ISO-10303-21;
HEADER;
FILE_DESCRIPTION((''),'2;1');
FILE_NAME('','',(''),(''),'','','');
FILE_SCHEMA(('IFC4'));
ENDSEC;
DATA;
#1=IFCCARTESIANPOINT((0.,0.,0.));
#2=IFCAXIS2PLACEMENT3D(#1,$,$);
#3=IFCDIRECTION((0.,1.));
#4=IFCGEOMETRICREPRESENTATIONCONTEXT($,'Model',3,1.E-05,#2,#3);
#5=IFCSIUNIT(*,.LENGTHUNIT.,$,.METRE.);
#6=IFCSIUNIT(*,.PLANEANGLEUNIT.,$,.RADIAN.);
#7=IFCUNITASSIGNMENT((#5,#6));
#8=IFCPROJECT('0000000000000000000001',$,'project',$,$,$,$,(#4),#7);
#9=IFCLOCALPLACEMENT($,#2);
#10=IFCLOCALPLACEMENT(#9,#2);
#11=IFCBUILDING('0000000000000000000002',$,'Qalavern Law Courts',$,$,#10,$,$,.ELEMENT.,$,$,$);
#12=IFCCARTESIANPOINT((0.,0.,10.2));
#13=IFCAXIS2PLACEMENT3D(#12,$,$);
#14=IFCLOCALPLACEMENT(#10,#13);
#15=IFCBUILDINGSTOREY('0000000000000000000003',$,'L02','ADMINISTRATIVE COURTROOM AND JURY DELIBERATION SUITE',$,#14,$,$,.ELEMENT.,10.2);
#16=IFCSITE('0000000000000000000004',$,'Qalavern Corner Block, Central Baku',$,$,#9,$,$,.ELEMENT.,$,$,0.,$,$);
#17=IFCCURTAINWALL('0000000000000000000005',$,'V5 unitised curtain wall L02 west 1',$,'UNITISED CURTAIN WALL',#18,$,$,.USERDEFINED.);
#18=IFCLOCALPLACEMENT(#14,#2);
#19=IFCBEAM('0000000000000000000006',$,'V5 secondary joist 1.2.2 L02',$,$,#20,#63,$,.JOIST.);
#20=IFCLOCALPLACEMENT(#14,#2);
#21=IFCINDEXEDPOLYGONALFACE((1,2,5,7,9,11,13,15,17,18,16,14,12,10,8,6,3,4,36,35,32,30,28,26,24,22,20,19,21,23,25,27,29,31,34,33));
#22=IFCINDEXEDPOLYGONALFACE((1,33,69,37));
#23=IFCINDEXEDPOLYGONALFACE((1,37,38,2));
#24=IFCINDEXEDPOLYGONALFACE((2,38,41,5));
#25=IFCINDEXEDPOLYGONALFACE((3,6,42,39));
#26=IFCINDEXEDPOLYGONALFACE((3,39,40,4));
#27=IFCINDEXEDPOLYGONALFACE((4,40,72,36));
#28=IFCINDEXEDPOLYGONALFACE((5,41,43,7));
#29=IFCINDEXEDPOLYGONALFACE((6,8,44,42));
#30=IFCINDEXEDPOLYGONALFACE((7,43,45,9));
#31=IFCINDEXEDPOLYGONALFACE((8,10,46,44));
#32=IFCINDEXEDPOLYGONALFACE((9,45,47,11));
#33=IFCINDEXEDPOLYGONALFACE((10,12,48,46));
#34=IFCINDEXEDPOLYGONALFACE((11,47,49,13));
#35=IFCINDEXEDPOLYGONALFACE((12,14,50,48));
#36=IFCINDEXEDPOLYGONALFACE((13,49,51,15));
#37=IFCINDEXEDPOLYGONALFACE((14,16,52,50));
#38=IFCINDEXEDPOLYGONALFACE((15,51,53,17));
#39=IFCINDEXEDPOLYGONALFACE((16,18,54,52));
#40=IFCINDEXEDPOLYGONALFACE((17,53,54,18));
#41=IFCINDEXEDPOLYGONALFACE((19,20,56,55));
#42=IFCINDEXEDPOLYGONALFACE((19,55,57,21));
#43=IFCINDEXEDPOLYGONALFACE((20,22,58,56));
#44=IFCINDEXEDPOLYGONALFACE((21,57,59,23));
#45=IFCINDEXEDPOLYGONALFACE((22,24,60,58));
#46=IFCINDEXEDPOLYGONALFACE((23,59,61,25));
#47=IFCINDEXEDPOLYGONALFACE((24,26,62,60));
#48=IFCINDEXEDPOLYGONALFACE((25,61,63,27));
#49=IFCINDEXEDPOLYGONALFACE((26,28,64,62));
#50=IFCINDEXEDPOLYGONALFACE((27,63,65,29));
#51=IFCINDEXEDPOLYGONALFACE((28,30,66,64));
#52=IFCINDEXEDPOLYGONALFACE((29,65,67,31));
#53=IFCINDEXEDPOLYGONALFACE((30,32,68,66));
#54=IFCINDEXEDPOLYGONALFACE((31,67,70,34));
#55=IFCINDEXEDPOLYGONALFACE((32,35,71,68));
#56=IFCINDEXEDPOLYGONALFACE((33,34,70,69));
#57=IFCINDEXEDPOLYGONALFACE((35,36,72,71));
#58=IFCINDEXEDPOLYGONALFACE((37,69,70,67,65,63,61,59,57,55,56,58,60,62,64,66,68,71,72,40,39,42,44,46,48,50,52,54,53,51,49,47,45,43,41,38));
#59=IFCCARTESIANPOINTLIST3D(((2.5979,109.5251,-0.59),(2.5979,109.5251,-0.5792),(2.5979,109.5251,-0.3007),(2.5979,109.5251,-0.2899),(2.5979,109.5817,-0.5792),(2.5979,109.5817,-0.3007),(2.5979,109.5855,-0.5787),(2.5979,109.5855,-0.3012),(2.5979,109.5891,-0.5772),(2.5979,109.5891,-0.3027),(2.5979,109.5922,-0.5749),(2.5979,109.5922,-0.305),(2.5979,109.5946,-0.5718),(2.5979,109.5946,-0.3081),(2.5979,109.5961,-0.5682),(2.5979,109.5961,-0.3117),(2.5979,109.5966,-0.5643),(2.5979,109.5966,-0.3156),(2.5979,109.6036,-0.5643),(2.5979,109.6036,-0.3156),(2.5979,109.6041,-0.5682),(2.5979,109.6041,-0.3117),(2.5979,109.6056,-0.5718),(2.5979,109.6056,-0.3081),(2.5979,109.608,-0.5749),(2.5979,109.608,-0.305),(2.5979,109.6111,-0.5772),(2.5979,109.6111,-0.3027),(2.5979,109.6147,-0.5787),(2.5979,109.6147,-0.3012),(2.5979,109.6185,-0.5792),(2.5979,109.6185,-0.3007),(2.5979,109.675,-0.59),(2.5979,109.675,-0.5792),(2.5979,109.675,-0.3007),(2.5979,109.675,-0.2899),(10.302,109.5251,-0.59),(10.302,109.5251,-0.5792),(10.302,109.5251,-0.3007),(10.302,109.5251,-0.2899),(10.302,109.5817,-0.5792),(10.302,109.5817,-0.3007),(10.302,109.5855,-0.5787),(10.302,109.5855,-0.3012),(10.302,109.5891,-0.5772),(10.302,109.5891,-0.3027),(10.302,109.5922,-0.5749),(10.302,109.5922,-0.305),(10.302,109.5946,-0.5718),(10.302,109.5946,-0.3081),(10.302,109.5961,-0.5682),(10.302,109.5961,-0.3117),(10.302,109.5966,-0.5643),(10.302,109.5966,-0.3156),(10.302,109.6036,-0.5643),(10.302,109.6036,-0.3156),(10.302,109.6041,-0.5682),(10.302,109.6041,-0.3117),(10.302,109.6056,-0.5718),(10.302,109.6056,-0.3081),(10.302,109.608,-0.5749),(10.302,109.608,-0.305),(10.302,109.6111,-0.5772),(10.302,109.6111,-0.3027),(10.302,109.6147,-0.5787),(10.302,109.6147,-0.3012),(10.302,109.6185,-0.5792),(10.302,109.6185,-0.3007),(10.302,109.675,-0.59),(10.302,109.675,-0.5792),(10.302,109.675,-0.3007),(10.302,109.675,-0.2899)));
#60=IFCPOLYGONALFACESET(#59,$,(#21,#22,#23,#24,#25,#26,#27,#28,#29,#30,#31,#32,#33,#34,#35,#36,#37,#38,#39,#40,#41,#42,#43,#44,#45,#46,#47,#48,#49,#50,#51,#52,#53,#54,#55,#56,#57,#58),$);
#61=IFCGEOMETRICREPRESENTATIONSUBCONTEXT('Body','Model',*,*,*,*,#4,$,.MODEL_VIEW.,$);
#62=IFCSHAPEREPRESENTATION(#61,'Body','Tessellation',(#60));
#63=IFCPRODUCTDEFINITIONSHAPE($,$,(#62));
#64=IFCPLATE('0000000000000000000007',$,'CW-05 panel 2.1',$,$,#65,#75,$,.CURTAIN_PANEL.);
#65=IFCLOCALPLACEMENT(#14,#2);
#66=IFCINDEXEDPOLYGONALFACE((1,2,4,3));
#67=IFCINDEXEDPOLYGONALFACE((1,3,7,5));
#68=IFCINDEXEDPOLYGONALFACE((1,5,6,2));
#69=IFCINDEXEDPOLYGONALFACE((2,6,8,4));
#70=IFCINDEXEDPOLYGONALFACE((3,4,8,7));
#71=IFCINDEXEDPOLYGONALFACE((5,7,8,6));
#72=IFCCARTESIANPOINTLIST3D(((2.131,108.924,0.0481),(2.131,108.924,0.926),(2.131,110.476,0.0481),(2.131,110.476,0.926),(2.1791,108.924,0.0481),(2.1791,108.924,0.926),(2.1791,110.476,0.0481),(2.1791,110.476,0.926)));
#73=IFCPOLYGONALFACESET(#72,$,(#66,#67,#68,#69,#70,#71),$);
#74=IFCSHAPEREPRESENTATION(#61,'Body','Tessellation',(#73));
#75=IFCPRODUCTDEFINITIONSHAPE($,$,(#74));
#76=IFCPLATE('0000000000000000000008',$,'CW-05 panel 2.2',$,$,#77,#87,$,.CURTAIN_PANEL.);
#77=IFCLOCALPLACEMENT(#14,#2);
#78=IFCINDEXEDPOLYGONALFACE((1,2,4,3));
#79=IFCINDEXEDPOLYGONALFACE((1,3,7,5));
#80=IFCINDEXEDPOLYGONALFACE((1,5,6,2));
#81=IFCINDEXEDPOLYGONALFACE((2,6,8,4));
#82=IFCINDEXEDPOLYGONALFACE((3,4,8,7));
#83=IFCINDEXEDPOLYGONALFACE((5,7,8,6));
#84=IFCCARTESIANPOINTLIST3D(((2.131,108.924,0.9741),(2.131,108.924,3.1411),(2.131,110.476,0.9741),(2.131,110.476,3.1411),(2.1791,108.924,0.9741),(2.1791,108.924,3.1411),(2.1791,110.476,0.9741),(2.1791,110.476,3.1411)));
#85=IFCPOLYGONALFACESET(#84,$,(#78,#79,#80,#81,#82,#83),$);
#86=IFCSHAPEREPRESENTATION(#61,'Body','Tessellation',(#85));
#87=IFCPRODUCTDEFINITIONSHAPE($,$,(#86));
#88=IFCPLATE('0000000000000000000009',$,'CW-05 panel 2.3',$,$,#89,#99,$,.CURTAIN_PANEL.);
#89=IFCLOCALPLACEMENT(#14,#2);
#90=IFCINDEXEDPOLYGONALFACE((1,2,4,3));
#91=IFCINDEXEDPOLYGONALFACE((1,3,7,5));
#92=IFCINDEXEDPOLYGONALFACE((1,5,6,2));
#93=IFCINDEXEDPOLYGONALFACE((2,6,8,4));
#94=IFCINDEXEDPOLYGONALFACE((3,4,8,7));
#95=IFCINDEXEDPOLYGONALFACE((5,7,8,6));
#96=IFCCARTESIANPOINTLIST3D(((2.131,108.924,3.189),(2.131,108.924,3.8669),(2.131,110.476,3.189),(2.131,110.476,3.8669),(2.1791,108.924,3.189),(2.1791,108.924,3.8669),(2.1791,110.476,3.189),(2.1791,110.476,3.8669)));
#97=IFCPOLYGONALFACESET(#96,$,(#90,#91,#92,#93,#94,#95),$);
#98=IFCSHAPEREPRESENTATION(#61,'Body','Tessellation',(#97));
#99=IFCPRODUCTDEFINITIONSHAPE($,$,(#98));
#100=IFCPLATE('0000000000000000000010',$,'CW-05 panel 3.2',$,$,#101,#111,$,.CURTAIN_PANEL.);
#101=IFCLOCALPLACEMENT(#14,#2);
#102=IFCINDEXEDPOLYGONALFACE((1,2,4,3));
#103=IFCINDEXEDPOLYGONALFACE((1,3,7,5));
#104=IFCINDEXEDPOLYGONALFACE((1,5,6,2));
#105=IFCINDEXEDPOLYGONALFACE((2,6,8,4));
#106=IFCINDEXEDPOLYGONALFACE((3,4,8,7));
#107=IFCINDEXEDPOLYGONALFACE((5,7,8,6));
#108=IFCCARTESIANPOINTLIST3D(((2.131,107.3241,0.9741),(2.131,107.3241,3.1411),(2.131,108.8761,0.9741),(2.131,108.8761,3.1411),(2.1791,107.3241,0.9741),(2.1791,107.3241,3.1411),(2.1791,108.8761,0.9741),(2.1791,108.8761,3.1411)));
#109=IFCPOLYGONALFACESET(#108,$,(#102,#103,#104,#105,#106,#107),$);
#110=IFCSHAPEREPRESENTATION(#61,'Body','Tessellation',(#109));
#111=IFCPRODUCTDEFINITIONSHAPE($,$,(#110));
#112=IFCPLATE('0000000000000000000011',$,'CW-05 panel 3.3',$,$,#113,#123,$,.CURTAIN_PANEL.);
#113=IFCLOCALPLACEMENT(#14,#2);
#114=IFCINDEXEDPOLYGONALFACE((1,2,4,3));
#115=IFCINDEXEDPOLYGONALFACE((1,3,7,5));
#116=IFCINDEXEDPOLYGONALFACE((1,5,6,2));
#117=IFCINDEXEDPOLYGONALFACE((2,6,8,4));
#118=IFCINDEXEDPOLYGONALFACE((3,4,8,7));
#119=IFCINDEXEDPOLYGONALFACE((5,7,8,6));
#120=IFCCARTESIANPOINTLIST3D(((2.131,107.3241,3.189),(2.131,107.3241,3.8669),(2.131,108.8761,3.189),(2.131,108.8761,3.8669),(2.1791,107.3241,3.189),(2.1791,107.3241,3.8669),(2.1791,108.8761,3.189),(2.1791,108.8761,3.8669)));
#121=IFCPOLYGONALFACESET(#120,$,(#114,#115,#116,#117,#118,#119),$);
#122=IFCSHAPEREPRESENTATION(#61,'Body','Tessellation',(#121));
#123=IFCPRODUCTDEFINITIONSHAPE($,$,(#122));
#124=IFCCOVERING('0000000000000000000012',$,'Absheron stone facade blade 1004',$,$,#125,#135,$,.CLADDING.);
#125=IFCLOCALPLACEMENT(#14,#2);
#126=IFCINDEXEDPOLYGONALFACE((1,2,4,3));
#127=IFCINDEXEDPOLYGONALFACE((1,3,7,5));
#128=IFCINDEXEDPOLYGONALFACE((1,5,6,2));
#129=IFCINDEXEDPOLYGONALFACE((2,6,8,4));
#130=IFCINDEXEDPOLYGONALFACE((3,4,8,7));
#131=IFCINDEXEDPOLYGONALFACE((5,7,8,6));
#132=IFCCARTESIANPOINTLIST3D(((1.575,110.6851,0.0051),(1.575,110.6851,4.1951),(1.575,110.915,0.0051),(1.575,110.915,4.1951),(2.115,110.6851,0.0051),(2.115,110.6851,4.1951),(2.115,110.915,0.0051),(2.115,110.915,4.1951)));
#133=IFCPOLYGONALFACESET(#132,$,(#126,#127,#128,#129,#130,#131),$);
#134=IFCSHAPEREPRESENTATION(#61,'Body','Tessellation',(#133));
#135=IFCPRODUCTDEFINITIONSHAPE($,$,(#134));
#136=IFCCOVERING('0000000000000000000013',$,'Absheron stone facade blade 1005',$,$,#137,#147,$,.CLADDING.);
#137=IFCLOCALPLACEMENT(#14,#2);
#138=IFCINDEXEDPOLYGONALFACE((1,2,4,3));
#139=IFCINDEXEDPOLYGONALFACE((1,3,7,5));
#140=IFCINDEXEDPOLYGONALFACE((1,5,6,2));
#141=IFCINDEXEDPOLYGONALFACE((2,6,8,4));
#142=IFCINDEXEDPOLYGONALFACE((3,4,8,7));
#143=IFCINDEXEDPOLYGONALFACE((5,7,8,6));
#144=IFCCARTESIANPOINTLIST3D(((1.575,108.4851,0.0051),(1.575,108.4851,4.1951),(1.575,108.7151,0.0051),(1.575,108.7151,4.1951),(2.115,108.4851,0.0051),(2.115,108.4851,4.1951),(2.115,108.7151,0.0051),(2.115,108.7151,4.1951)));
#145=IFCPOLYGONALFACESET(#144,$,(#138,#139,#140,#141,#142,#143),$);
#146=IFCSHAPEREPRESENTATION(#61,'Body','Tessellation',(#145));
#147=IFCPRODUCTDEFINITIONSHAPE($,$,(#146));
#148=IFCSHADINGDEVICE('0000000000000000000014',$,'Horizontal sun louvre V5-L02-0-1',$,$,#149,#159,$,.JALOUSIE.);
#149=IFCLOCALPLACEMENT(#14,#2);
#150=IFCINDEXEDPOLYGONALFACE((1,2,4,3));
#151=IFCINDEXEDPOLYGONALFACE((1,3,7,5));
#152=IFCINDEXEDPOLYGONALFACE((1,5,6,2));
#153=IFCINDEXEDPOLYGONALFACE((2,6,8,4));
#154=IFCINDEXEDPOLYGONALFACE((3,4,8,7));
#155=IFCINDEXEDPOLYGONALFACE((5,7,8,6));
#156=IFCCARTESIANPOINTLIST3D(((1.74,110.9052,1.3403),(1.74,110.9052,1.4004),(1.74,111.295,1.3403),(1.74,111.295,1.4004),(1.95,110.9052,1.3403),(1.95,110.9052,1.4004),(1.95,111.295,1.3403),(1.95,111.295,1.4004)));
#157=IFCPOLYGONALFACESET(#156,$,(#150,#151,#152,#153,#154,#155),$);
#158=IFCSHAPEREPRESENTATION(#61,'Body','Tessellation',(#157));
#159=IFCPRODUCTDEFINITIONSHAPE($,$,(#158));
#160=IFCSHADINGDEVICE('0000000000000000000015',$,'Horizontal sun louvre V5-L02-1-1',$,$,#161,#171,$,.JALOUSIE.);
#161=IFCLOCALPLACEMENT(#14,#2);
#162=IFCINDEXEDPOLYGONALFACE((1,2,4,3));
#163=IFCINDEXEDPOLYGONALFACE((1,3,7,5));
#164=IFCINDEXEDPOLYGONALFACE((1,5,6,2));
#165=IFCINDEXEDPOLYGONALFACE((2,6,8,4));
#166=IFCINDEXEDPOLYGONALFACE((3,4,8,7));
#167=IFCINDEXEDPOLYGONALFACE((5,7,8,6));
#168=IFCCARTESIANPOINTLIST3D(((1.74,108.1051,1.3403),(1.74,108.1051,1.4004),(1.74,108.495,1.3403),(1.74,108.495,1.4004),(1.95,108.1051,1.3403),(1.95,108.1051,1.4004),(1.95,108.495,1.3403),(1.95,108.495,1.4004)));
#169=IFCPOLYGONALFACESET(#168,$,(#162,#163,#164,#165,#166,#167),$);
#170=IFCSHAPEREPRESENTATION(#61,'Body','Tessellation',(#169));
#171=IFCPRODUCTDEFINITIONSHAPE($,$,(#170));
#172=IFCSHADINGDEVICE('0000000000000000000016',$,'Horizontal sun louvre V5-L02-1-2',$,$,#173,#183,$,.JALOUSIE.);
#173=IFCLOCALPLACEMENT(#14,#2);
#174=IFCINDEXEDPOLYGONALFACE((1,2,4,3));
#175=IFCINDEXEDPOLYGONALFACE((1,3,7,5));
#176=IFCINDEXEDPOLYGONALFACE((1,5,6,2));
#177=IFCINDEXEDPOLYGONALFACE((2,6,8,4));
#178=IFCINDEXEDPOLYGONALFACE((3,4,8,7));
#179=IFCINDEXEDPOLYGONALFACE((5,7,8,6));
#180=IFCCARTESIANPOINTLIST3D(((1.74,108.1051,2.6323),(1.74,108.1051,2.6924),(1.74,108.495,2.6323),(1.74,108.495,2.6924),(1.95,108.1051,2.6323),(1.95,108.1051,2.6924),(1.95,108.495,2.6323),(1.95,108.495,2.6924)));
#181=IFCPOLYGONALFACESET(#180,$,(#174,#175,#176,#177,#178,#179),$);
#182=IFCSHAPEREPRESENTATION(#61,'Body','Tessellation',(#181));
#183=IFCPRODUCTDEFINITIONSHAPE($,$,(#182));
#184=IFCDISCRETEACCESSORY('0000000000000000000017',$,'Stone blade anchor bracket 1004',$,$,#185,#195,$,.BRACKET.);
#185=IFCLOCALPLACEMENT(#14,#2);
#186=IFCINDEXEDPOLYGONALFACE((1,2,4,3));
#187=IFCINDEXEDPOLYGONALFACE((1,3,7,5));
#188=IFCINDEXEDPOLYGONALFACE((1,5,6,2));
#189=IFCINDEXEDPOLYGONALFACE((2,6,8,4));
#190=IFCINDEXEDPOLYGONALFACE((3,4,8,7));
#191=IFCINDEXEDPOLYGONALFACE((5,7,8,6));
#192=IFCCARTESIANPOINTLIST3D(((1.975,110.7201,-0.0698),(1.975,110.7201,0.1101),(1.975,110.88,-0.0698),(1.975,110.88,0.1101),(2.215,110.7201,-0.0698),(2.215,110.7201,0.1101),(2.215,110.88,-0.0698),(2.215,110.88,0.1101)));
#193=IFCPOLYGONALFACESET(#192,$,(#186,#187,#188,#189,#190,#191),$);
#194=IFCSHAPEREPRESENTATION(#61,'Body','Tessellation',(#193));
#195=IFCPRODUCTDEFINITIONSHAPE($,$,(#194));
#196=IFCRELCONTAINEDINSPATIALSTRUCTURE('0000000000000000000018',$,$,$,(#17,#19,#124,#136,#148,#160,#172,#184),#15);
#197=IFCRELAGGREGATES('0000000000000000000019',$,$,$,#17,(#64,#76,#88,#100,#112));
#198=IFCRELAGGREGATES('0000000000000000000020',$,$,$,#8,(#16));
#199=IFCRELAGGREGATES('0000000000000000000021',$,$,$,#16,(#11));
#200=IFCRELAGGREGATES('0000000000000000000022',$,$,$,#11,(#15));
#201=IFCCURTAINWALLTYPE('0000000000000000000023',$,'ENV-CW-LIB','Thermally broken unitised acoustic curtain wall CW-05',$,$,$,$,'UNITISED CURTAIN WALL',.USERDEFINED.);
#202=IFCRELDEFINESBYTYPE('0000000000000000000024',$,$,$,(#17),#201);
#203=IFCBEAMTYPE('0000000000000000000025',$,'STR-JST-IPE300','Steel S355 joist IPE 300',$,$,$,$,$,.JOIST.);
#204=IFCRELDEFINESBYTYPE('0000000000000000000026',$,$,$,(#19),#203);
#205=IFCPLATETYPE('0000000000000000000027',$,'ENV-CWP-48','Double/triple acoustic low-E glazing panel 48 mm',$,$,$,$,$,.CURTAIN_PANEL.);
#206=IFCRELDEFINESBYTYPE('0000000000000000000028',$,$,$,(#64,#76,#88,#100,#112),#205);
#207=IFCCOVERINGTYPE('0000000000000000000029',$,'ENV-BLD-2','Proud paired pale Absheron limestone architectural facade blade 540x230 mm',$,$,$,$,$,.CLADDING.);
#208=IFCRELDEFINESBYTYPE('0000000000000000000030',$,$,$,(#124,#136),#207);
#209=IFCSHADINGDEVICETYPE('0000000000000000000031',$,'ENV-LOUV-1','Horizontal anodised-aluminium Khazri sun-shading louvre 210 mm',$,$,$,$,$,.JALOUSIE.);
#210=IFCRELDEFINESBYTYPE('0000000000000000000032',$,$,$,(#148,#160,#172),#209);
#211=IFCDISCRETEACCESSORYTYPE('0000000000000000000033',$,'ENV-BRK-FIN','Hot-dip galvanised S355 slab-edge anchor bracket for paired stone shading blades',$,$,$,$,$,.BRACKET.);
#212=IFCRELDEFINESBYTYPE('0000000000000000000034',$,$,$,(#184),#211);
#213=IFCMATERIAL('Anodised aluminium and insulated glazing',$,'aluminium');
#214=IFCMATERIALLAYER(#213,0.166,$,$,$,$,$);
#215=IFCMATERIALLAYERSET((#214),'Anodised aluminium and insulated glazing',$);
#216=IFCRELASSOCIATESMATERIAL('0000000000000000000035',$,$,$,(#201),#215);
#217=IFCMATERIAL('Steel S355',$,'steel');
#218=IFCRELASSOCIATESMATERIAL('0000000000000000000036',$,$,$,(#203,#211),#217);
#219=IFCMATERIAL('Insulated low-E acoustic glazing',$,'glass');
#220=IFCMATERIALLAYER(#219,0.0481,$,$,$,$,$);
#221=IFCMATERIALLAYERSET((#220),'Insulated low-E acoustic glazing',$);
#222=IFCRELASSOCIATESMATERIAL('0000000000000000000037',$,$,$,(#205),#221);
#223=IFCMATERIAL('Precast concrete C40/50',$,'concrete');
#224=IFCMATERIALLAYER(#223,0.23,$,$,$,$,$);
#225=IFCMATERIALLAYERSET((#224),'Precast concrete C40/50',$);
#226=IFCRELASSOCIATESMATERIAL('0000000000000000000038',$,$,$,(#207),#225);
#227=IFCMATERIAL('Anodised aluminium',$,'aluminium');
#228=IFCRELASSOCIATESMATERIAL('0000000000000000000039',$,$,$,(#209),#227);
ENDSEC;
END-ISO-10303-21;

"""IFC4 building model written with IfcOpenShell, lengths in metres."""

from ifc_helpers import new_model, si_unit, direction, frame, origin, origin_2d, place, context, subcontext, project, spatial, rectangle, i_section, extrude, material, layer, layer_set, material_profile, profile_set, type_object, element, aggregate, save


model = new_model("IFC4")

# Units and contexts
model_context = context("Model", 3, precision=1e-05, world=origin(), true_north=direction((0.0, 1.0)))
body_context = subcontext(model_context, "Body", "Model", "MODEL_VIEW")
ifc_project = project(units=[si_unit("LENGTHUNIT", "METRE"), si_unit("PLANEANGLEUNIT", "RADIAN")], contexts=[model_context])

# Site, building, storey
site_placement = place(None, origin())
site = spatial("IfcSite", under=ifc_project, at=site_placement, Name="Qalavern Corner Block, Central Baku", CompositionType="ELEMENT", RefElevation=0.0)
building_placement = place(site_placement, origin())
building = spatial("IfcBuilding", under=site, at=building_placement, Name="Qalavern Law Courts", CompositionType="ELEMENT")
storey_placement = place(building_placement, frame((0.0, 0.0, 10.2)))
storey = spatial("IfcBuildingStorey", under=building, at=storey_placement, Name="L02", Description="ADMINISTRATIVE COURTROOM AND JURY DELIBERATION SUITE", CompositionType="ELEMENT", Elevation=10.2)

# Curtain wall
ifc_material_1 = material(Name="Anodised aluminium and insulated glazing", Category="aluminium")
ifc_layer_1 = layer(ifc_material_1, 0.166)
ifc_layer_set_1 = layer_set([ifc_layer_1], Name="Anodised aluminium and insulated glazing")
curtain_wall_type = type_object("IfcCurtainWallType", Name="ENV-CW-LIB", Description="Thermally broken unitised acoustic curtain wall CW-05", ElementType="UNITISED CURTAIN WALL", PredefinedType="USERDEFINED", material=ifc_layer_set_1)
curtain_wall_placement = place(storey_placement, origin())
curtain_wall = element("IfcCurtainWall", 1, at=curtain_wall_placement, inside=storey, type_object=curtain_wall_type, Name="V5 unitised curtain wall L02 west 1", ObjectType="UNITISED CURTAIN WALL", PredefinedType="USERDEFINED")
ifc_material_2 = material(Name="Anodised aluminium", Category="aluminium")

# Beam
ifc_material_3 = material(Name="Steel S355", Category="steel")
ifc_material_profile_1 = material_profile(ifc_material_3, i_section(OverallWidth=0.1499, OverallDepth=0.3, WebThickness=0.0071, FlangeThickness=0.0107, FilletRadius=0.0149, at=origin_2d()), Name="IPE 300")
ifc_profile_set_1 = profile_set([ifc_material_profile_1], Name="Steel S355")
beam_type = type_object("IfcBeamType", Name="STR-JST-IPE300", Description="Steel S355 joist IPE 300", PredefinedType="JOIST", material=ifc_profile_set_1)
beam_placement = place(storey_placement, frame((2.5979, 109.6001, -0.4399), z_axis=(1.0, 0.0, 0.0), x_axis=(0.0, 1.0, 0.0)))
element("IfcBeam", 2, at=beam_placement, inside=storey, type_object=beam_type, Name="V5 secondary joist 1.2.2 L02", PredefinedType="JOIST", context=body_context, shape_type="SweptSolid", body=[
    extrude(i_section(OverallWidth=0.1499, OverallDepth=0.3, WebThickness=0.0071, FlangeThickness=0.0107, FilletRadius=0.0149, at=origin_2d()), origin(), (0.0, 0.0, 1.0), 7.7041),
])

# Plates
ifc_material_4 = material(Name="Insulated low-E acoustic glazing", Category="glass")
ifc_layer_2 = layer(ifc_material_4, 0.0481)
ifc_layer_set_2 = layer_set([ifc_layer_2], Name="Insulated low-E acoustic glazing")
plate_type = type_object("IfcPlateType", Name="ENV-CWP-48", Description="Double/triple acoustic low-E glazing panel 48 mm", PredefinedType="CURTAIN_PANEL", material=ifc_layer_set_2)
plate_1_placement = place(storey_placement, frame((2.155, 109.7, 0.0481), z_axis=(0.0, 0.0, 1.0), x_axis=(0.0, -1.0, 0.0)))
plate_1 = element("IfcPlate", 3, at=plate_1_placement, type_object=plate_type, Name="CW-05 panel 2.1", PredefinedType="CURTAIN_PANEL", context=body_context, shape_type="SweptSolid", body=[
    extrude(rectangle(XDim=1.552, YDim=0.0481, at=origin_2d()), origin(), (0.0, 0.0, 1.0), 0.8779),
])
plate_2_placement = place(storey_placement, frame((2.155, 109.7, 0.9741), z_axis=(0.0, 0.0, 1.0), x_axis=(0.0, -1.0, 0.0)))
plate_2 = element("IfcPlate", 4, at=plate_2_placement, type_object=plate_type, Name="CW-05 panel 2.2", PredefinedType="CURTAIN_PANEL", context=body_context, shape_type="SweptSolid", body=[
    extrude(rectangle(XDim=1.552, YDim=0.0481, at=origin_2d()), origin(), (0.0, 0.0, 1.0), 2.167),
])
plate_3_placement = place(storey_placement, frame((2.155, 109.7, 3.189), z_axis=(0.0, 0.0, 1.0), x_axis=(0.0, -1.0, 0.0)))
plate_3 = element("IfcPlate", 5, at=plate_3_placement, type_object=plate_type, Name="CW-05 panel 2.3", PredefinedType="CURTAIN_PANEL", context=body_context, shape_type="SweptSolid", body=[
    extrude(rectangle(XDim=1.552, YDim=0.0481, at=origin_2d()), origin(), (0.0, 0.0, 1.0), 0.678),
])
plate_4_placement = place(storey_placement, frame((2.155, 108.1001, 0.9741), z_axis=(0.0, 0.0, 1.0), x_axis=(0.0, -1.0, 0.0)))
plate_4 = element("IfcPlate", 6, at=plate_4_placement, type_object=plate_type, Name="CW-05 panel 3.2", PredefinedType="CURTAIN_PANEL", context=body_context, shape_type="SweptSolid", body=[
    extrude(rectangle(XDim=1.552, YDim=0.0481, at=origin_2d()), origin(), (0.0, 0.0, 1.0), 2.167),
])
plate_5_placement = place(storey_placement, frame((2.155, 108.1001, 3.189), z_axis=(0.0, 0.0, 1.0), x_axis=(0.0, -1.0, 0.0)))
plate_5 = element("IfcPlate", 7, at=plate_5_placement, type_object=plate_type, Name="CW-05 panel 3.3", PredefinedType="CURTAIN_PANEL", context=body_context, shape_type="SweptSolid", body=[
    extrude(rectangle(XDim=1.552, YDim=0.0481, at=origin_2d()), origin(), (0.0, 0.0, 1.0), 0.678),
])
aggregate(curtain_wall, [plate_1, plate_2, plate_3, plate_4, plate_5])

# Coverings
ifc_material_5 = material(Name="Precast concrete C40/50", Category="concrete")
ifc_layer_3 = layer(ifc_material_5, 0.23)
ifc_layer_set_3 = layer_set([ifc_layer_3], Name="Precast concrete C40/50")
covering_type = type_object("IfcCoveringType", Name="ENV-BLD-2", Description="Proud paired pale Absheron limestone architectural facade blade 540x230 mm", PredefinedType="CLADDING", material=ifc_layer_set_3)
for number, where, z_axis, x_axis, name in (
    (8, (1.845, 110.8, 0.0051), (0.0, 0.0, 1.0), (-1.0, 0.0, 0.0), "Absheron stone facade blade 1004"),
    (9, (1.845, 108.6001, 0.0051), (0.0, 0.0, 1.0), (-1.0, 0.0, 0.0), "Absheron stone facade blade 1005"),
):
    element("IfcCovering", number, at=place(storey_placement, frame(where, z_axis=z_axis, x_axis=x_axis)), inside=storey, type_object=covering_type, Name=name, PredefinedType="CLADDING", context=body_context, shape_type="SweptSolid", body=[
        extrude(rectangle(XDim=0.54, YDim=0.23, at=origin_2d()), origin(), (0.0, 0.0, 1.0), 4.1899),
    ])

# Shading devices
shading_device_type = type_object("IfcShadingDeviceType", Name="ENV-LOUV-1", Description="Horizontal anodised-aluminium Khazri sun-shading louvre 210 mm", PredefinedType="JALOUSIE", material=ifc_material_2)
for number, where, z_axis, x_axis, name in (
    (10, (1.845, 111.1001, 1.3403), (0.0, 0.0, 1.0), (0.0, -1.0, 0.0), "Horizontal sun louvre V5-L02-0-1"),
    (11, (1.845, 108.3, 1.3403), (0.0, 0.0, 1.0), (0.0, -1.0, 0.0), "Horizontal sun louvre V5-L02-1-1"),
    (12, (1.845, 108.3, 2.6323), (0.0, 0.0, 1.0), (0.0, -1.0, 0.0), "Horizontal sun louvre V5-L02-1-2"),
):
    element("IfcShadingDevice", number, at=place(storey_placement, frame(where, z_axis=z_axis, x_axis=x_axis)), inside=storey, type_object=shading_device_type, Name=name, PredefinedType="JALOUSIE", context=body_context, shape_type="SweptSolid", body=[
        extrude(rectangle(XDim=0.3899, YDim=0.21, at=origin_2d()), origin(), (0.0, 0.0, 1.0), 0.0601),
    ])

# Discrete accessory
discrete_accessory_type = type_object("IfcDiscreteAccessoryType", Name="ENV-BRK-FIN", Description="Hot-dip galvanised S355 slab-edge anchor bracket for paired stone shading blades", PredefinedType="BRACKET", material=ifc_material_3)
for number, where, z_axis, x_axis, name in (
    (13, (2.095, 110.8, -0.0698), (0.0, 0.0, 1.0), (-1.0, 0.0, 0.0), "Stone blade anchor bracket 1004"),
):
    element("IfcDiscreteAccessory", number, at=place(storey_placement, frame(where, z_axis=z_axis, x_axis=x_axis)), inside=storey, type_object=discrete_accessory_type, Name=name, PredefinedType="BRACKET", context=body_context, shape_type="SweptSolid", body=[
        extrude(rectangle(XDim=0.24, YDim=0.1599, at=origin_2d()), origin(), (0.0, 0.0, 1.0), 0.1799),
    ])

save(model, "model.ifc")
